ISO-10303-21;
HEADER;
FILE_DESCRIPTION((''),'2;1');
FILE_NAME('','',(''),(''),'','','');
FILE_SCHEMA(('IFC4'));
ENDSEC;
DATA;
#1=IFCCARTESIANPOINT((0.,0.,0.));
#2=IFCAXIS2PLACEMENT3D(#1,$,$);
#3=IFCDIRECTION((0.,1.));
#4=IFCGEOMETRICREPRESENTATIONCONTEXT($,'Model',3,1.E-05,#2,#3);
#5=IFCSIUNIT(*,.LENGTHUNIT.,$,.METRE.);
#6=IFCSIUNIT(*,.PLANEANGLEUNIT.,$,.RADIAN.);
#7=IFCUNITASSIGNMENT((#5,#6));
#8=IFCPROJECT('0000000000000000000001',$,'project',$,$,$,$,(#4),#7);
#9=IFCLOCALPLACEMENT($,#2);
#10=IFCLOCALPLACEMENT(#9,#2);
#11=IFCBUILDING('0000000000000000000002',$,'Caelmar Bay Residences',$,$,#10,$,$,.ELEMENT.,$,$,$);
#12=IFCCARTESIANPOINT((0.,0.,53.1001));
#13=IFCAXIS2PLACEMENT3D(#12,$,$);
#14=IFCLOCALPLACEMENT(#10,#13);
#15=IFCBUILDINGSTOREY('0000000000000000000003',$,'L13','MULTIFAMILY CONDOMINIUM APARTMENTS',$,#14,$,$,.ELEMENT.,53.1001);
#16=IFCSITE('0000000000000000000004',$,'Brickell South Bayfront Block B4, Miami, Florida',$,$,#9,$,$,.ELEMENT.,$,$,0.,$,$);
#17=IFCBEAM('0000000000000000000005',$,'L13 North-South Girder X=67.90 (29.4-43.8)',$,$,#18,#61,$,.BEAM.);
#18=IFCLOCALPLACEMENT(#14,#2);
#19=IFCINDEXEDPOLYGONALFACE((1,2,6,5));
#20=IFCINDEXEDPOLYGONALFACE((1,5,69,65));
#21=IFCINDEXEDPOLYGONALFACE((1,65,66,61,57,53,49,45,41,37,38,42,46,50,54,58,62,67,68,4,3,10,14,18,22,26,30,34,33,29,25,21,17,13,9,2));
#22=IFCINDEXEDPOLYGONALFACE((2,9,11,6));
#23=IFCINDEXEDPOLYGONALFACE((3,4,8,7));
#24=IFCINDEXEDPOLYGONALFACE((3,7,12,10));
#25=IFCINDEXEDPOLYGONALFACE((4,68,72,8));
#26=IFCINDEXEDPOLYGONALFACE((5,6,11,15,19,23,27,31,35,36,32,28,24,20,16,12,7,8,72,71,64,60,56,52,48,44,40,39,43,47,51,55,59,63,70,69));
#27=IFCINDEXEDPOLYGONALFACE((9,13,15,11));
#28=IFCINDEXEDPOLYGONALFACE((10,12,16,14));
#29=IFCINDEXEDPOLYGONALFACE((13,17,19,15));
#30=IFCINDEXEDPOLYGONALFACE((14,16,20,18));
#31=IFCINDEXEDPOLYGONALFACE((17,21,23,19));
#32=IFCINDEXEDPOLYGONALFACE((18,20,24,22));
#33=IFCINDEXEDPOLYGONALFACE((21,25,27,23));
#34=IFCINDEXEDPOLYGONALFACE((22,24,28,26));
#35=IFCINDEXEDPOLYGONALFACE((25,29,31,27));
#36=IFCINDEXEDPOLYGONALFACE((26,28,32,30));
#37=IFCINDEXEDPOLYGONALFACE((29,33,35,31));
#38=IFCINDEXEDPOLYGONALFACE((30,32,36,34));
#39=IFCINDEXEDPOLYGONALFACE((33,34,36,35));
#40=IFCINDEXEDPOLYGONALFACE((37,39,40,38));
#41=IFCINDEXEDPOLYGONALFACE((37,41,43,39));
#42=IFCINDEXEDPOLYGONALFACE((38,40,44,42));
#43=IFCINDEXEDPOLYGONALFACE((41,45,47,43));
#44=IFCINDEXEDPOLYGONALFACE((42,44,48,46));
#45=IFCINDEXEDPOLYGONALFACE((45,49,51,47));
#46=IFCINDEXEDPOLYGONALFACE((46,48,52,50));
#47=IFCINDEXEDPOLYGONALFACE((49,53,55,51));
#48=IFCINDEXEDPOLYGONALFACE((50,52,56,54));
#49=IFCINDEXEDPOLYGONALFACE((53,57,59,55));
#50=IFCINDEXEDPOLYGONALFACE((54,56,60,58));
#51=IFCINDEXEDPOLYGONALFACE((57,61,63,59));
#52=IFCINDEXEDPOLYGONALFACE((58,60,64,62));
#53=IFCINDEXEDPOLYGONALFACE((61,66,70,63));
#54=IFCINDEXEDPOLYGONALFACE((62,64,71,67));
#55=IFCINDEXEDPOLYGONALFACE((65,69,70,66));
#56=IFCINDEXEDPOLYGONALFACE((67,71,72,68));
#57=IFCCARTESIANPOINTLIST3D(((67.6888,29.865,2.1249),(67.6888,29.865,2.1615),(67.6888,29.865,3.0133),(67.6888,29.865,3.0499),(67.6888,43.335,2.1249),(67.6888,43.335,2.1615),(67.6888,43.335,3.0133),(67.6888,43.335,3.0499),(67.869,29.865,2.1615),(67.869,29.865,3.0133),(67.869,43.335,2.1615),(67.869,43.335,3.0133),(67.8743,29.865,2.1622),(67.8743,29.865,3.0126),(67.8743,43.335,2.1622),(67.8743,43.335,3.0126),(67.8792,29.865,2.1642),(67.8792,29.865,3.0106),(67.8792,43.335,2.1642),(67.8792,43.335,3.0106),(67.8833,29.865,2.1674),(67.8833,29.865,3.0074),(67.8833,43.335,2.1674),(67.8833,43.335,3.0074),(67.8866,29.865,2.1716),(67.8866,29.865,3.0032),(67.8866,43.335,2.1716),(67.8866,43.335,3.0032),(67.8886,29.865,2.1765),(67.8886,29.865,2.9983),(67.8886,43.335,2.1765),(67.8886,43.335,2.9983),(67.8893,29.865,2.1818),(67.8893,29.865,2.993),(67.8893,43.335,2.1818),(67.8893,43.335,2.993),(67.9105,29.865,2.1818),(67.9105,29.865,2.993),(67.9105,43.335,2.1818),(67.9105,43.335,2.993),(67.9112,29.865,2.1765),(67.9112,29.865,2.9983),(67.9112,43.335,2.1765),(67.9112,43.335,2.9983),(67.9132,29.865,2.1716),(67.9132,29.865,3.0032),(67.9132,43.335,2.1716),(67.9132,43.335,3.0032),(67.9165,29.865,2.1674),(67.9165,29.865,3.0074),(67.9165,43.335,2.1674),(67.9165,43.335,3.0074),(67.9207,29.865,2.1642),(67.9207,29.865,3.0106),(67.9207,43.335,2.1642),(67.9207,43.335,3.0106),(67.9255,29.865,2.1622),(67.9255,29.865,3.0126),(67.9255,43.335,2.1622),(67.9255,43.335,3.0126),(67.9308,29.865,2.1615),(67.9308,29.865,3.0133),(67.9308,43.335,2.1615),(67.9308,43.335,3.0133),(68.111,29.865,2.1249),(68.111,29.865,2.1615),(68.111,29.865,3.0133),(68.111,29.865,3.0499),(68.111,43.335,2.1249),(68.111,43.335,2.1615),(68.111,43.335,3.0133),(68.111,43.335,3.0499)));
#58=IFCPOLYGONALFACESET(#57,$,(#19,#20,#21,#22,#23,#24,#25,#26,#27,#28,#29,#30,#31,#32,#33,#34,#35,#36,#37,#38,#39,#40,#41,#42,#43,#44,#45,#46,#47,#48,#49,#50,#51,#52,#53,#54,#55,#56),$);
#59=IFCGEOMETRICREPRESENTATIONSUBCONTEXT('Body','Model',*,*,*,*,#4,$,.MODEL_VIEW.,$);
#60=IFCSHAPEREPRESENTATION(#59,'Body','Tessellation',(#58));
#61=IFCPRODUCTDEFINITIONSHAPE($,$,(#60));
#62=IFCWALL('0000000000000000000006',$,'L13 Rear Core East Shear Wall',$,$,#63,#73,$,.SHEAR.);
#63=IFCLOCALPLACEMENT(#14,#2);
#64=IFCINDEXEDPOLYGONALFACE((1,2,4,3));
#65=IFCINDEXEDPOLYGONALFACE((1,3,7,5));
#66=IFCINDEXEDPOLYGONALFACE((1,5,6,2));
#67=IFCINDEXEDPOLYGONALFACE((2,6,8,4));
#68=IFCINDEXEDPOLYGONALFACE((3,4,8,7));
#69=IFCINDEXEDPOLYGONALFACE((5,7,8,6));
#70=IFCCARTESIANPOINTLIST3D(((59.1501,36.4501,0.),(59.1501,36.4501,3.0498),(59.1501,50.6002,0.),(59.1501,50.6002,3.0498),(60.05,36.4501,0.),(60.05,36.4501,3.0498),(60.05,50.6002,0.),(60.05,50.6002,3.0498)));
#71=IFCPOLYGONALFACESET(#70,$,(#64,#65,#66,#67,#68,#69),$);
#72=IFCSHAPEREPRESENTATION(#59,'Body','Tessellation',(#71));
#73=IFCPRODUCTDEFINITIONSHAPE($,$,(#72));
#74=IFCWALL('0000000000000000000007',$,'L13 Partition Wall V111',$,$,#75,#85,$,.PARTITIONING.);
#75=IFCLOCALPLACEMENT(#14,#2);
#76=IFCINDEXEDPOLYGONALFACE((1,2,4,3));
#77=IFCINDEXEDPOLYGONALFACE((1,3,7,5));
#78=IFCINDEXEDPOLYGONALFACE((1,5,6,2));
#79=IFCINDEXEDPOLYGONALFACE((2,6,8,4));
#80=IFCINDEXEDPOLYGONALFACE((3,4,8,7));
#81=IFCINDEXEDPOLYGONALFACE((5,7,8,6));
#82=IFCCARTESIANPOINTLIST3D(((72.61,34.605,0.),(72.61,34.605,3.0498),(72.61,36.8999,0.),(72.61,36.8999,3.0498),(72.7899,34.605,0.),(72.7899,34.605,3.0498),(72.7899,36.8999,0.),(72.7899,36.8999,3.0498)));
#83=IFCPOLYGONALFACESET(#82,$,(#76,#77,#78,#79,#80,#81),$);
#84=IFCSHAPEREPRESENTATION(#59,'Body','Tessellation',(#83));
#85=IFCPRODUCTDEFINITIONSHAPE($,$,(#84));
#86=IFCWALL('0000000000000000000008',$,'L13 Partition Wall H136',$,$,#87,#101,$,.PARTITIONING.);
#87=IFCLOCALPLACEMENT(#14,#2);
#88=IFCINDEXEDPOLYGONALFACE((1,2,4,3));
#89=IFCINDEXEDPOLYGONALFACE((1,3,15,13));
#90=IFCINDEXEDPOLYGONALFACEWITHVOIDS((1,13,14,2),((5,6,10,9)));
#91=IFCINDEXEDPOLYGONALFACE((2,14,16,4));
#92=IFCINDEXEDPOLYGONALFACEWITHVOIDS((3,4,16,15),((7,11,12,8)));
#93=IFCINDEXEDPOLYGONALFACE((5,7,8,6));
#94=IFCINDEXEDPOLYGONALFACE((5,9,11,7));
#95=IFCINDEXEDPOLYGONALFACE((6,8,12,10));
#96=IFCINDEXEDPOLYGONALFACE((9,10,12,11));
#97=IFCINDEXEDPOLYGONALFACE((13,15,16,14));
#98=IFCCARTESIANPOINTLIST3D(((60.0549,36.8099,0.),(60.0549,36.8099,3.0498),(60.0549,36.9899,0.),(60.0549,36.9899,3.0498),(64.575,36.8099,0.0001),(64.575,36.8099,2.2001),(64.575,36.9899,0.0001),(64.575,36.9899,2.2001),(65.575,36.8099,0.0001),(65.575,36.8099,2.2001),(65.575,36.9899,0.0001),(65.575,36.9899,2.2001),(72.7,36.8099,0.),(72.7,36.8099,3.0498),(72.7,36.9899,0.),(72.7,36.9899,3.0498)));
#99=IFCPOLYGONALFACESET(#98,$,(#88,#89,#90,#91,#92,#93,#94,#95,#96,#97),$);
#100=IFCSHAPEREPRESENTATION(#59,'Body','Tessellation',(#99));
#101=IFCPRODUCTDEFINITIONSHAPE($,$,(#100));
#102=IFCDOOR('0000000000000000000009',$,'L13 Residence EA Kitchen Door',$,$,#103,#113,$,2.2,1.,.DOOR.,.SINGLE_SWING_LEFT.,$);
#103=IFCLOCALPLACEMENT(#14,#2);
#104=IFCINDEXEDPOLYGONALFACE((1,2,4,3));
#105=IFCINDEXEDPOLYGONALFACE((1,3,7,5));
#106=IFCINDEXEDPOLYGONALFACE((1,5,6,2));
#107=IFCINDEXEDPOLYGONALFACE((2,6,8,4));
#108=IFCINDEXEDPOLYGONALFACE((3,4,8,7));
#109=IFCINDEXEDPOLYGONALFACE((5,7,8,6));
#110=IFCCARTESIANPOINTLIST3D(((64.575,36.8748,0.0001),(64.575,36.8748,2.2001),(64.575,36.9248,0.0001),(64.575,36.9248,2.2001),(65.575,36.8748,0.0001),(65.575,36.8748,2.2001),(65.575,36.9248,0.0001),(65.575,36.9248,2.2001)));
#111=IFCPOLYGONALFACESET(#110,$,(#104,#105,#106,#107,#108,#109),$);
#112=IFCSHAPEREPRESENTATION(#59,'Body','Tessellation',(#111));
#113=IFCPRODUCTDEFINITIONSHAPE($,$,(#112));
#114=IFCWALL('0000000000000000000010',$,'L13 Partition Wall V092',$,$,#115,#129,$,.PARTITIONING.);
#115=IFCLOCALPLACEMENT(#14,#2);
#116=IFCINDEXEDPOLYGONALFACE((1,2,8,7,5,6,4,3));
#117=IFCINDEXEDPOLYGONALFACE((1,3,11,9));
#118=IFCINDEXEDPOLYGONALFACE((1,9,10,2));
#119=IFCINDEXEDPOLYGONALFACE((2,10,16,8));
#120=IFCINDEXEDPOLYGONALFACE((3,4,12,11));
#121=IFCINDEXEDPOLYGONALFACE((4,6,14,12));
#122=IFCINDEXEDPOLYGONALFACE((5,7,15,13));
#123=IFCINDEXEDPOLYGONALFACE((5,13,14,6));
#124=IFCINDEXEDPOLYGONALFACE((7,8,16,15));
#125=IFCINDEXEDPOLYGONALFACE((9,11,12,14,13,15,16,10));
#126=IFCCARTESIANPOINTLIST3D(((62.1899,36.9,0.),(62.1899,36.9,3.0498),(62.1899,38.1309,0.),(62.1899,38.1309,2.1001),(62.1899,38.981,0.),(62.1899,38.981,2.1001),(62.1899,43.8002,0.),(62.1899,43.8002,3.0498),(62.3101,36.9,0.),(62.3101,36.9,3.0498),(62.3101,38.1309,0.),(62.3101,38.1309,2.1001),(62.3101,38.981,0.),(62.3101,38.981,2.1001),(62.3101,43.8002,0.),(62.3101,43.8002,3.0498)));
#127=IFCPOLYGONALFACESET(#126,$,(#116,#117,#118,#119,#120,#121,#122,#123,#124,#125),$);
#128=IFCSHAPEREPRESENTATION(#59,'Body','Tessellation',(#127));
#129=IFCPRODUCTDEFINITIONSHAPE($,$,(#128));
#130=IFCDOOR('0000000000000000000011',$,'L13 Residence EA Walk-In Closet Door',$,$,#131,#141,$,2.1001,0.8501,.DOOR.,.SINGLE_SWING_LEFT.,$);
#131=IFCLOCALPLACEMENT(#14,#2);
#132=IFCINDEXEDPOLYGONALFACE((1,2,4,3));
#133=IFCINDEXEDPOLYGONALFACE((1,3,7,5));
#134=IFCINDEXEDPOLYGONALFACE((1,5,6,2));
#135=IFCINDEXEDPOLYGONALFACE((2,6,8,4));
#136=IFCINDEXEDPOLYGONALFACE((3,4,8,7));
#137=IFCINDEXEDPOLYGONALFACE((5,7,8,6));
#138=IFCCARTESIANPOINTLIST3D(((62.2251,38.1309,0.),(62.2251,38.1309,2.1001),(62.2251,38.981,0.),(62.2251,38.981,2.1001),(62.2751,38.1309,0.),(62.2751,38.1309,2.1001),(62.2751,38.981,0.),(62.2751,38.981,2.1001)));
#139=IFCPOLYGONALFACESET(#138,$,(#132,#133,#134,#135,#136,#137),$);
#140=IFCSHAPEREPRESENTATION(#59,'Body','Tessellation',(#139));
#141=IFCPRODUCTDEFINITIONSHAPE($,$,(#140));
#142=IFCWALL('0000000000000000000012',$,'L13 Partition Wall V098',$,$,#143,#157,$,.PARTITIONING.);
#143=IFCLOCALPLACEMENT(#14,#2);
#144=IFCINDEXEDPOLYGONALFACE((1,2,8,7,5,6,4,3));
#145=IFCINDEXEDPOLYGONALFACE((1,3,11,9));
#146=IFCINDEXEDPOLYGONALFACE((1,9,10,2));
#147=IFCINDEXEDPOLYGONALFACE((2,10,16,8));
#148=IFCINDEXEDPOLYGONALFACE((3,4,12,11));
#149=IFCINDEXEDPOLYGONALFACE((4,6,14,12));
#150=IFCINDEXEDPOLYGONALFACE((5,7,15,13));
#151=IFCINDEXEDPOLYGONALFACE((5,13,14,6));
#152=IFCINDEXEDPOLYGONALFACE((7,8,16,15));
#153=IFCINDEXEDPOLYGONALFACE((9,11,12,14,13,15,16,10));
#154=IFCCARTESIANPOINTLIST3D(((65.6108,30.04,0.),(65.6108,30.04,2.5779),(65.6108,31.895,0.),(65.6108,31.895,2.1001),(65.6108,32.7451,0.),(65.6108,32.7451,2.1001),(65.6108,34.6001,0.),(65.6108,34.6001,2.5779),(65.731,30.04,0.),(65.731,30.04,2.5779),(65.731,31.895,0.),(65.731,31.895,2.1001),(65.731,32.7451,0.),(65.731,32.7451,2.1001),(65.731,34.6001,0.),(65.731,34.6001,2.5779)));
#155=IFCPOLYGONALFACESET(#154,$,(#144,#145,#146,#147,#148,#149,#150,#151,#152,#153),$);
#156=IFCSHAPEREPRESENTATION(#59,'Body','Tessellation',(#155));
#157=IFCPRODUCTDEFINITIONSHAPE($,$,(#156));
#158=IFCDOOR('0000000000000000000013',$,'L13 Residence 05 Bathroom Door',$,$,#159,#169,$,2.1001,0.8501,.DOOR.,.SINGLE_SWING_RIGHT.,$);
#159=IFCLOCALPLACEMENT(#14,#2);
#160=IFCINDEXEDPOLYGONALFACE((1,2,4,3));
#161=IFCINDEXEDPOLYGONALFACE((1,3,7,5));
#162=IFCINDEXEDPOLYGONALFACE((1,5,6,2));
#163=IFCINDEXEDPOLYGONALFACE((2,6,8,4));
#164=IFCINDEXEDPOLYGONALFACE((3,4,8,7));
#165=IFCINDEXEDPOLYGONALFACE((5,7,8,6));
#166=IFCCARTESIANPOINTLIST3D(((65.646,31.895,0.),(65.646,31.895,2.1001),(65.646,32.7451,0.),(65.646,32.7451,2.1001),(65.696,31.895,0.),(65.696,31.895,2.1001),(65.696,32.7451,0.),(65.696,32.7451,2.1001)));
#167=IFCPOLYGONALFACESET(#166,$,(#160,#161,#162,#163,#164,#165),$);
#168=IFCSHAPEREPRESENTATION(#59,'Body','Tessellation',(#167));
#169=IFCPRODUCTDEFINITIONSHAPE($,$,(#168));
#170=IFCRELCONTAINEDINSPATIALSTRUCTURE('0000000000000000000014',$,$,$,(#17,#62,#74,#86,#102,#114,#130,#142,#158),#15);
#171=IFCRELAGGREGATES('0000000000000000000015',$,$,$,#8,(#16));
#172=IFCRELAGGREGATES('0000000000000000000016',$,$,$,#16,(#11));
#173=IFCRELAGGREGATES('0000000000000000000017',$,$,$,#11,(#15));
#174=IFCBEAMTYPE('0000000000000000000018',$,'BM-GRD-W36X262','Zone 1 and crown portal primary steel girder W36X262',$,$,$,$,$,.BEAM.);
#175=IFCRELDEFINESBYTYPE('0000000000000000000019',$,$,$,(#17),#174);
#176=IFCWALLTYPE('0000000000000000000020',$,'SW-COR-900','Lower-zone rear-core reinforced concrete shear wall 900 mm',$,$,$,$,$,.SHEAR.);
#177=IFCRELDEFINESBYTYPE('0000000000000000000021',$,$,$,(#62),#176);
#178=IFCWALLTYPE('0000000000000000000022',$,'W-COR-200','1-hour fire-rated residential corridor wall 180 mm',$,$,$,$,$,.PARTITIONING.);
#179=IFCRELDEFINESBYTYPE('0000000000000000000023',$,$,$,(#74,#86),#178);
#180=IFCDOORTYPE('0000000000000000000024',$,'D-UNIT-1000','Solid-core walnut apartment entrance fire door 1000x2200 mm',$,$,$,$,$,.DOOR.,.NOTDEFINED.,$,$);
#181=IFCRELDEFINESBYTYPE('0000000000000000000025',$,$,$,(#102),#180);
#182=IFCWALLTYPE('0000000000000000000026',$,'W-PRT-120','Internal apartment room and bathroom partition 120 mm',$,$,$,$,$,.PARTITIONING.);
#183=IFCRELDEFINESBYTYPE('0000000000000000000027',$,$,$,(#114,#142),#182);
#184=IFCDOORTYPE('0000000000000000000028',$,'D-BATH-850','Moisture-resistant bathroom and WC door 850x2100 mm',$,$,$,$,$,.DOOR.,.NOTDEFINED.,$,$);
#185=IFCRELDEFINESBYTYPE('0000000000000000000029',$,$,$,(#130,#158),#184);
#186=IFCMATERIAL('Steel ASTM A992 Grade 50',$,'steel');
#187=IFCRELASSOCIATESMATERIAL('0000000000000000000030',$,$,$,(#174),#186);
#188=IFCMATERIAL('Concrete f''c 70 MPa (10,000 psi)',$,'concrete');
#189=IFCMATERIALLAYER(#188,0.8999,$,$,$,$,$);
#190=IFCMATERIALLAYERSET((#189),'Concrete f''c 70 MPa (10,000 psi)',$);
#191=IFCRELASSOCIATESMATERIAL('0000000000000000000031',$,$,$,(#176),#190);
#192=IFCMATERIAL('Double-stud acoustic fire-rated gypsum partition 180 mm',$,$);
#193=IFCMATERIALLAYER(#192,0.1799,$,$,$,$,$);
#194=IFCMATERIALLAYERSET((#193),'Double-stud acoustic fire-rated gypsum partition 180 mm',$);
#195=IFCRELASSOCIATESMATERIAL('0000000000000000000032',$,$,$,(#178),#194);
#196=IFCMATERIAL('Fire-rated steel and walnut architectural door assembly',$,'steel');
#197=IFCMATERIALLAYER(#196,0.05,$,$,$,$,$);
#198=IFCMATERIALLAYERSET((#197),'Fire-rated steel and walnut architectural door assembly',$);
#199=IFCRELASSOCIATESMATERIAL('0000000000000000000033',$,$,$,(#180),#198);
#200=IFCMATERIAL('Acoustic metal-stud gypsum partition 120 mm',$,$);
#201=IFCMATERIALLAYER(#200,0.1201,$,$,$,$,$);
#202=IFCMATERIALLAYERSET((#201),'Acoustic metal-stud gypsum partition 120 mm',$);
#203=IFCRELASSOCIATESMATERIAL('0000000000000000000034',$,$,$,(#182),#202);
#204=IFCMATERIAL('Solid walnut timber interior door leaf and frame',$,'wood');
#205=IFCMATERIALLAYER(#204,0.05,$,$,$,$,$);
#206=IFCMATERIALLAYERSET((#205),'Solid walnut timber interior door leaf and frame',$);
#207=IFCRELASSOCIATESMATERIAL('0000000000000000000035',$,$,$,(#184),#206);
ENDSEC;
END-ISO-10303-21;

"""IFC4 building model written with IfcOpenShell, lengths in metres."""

from ifc_helpers import new_model, si_unit, direction, frame, frame_2d, origin, origin_2d, place, context, subcontext, project, spatial, rectangle, i_section, extrude, material, layer, layer_set, material_profile, profile_set, type_object, element, fill, save


model = new_model("IFC4")

# Units and contexts
model_context = context("Model", 3, precision=1e-05, world=origin(), true_north=direction((0.0, 1.0)))
body_context = subcontext(model_context, "Body", "Model", "MODEL_VIEW")
ifc_project = project(units=[si_unit("LENGTHUNIT", "METRE"), si_unit("PLANEANGLEUNIT", "RADIAN")], contexts=[model_context])

# Site, building, storey
site_placement = place(None, origin())
site = spatial("IfcSite", under=ifc_project, at=site_placement, Name="Brickell South Bayfront Block B4, Miami, Florida", CompositionType="ELEMENT", RefElevation=0.0)
building_placement = place(site_placement, origin())
building = spatial("IfcBuilding", under=site, at=building_placement, Name="Caelmar Bay Residences", CompositionType="ELEMENT")
storey_placement = place(building_placement, frame((0.0, 0.0, 53.1001)))
storey = spatial("IfcBuildingStorey", under=building, at=storey_placement, Name="L13", Description="MULTIFAMILY CONDOMINIUM APARTMENTS", CompositionType="ELEMENT", Elevation=53.1001)

# Beam
ifc_material_1 = material(Name="Steel ASTM A992 Grade 50", Category="steel")
ifc_material_profile_1 = material_profile(ifc_material_1, i_section(OverallWidth=0.4221, OverallDepth=0.925, WebThickness=0.0212, FlangeThickness=0.0366, FilletRadius=0.0203, at=origin_2d()), Name="W36X262")
ifc_profile_set_1 = profile_set([ifc_material_profile_1], Name="Steel ASTM A992 Grade 50")
beam_type = type_object("IfcBeamType", Name="BM-GRD-W36X262", Description="Zone 1 and crown portal primary steel girder W36X262", PredefinedType="BEAM", material=ifc_profile_set_1)
beam_placement = place(storey_placement, frame((67.8999, 29.865, 2.5874), z_axis=(0.0, 1.0, 0.0), x_axis=(-1.0, 0.0, 0.0)))
element("IfcBeam", 1, at=beam_placement, inside=storey, type_object=beam_type, Name="L13 North-South Girder X=67.90 (29.4-43.8)", PredefinedType="BEAM", context=body_context, shape_type="SweptSolid", body=[
    extrude(i_section(OverallWidth=0.4221, OverallDepth=0.925, WebThickness=0.0212, FlangeThickness=0.0366, FilletRadius=0.0203, at=origin_2d()), origin(), (0.0, 0.0, 1.0), 13.47),
])

# Walls
ifc_material_2 = material(Name="Concrete f'c 70 MPa (10,000 psi)", Category="concrete")
ifc_layer_1 = layer(ifc_material_2, 0.8999)
ifc_layer_set_1 = layer_set([ifc_layer_1], Name="Concrete f'c 70 MPa (10,000 psi)")
wall_type_1 = type_object("IfcWallType", Name="SW-COR-900", Description="Lower-zone rear-core reinforced concrete shear wall 900 mm", PredefinedType="SHEAR", material=ifc_layer_set_1)
wall_1_placement = place(storey_placement, frame((59.6001, 36.45, 0.0), z_axis=(0.0, 0.0, 1.0), x_axis=(0.0, 1.0, 0.0)))
element("IfcWall", 2, at=wall_1_placement, inside=storey, type_object=wall_type_1, Name="L13 Rear Core East Shear Wall", PredefinedType="SHEAR", context=body_context, shape_type="SweptSolid", body=[
    extrude(rectangle(XDim=14.1501, YDim=0.8999, at=frame_2d((7.0752, 0.0))), origin(), (0.0, 0.0, 1.0), 3.0498),
])
ifc_material_3 = material(Name="Double-stud acoustic fire-rated gypsum partition 180 mm")
ifc_layer_2 = layer(ifc_material_3, 0.1799)
ifc_layer_set_2 = layer_set([ifc_layer_2], Name="Double-stud acoustic fire-rated gypsum partition 180 mm")
wall_type_2 = type_object("IfcWallType", Name="W-COR-200", Description="1-hour fire-rated residential corridor wall 180 mm", PredefinedType="PARTITIONING", material=ifc_layer_set_2)
wall_2_placement = place(storey_placement, frame((72.7, 34.605, 0.0), z_axis=(0.0, 0.0, 1.0), x_axis=(0.0, 1.0, 0.0)))
element("IfcWall", 3, at=wall_2_placement, inside=storey, type_object=wall_type_2, Name="L13 Partition Wall V111", PredefinedType="PARTITIONING", context=body_context, shape_type="SweptSolid", body=[
    extrude(rectangle(XDim=2.2949, YDim=0.1799, at=frame_2d((1.1475, 0.0))), origin(), (0.0, 0.0, 1.0), 3.0498),
])

# Walls, openings, doors
wall_3_placement = place(storey_placement, frame((60.0549, 36.8999, 0.0), z_axis=(0.0, 0.0, 1.0), x_axis=(1.0, 0.0, 0.0)))
wall_3 = element("IfcWall", 4, at=wall_3_placement, inside=storey, type_object=wall_type_2, Name="L13 Partition Wall H136", PredefinedType="PARTITIONING", context=body_context, shape_type="SweptSolid", body=[
    extrude(rectangle(XDim=12.645, YDim=0.1799, at=frame_2d((6.3225, 0.0))), origin(), (0.0, 0.0, 1.0), 3.0498),
])
opening_1_placement = place(wall_3_placement, frame((4.52, 0.0, 0.0)))
opening_1 = element("IfcOpeningElement", 5, at=opening_1_placement, cuts=wall_3, PredefinedType="OPENING", context=body_context, shape_type="SweptSolid", body=[
    extrude(rectangle(XDim=1.0, YDim=2.2, at=frame_2d((0.5, 1.1001))), frame((0.0, 0.0999, 0.0), z_axis=(0.0, -1.0, 0.0), x_axis=(1.0, 0.0, 0.0)), (0.0, 0.0, 1.0), 0.2),
])
ifc_material_4 = material(Name="Fire-rated steel and walnut architectural door assembly", Category="steel")
ifc_layer_3 = layer(ifc_material_4, 0.05)
ifc_layer_set_3 = layer_set([ifc_layer_3], Name="Fire-rated steel and walnut architectural door assembly")
door_type_1 = type_object("IfcDoorType", Name="D-UNIT-1000", Description="Solid-core walnut apartment entrance fire door 1000x2200 mm", OperationType="NOTDEFINED", PredefinedType="DOOR", material=ifc_layer_set_3)
door_1_placement = place(opening_1_placement, origin())
door_1 = element("IfcDoor", 6, at=door_1_placement, inside=storey, type_object=door_type_1, Name="L13 Residence EA Kitchen Door", OperationType="SINGLE_SWING_LEFT", OverallHeight=2.2, OverallWidth=1.0, PredefinedType="DOOR", context=body_context, shape_type="SweptSolid", body=[
    extrude(rectangle(XDim=1.0, YDim=2.2, at=frame_2d((0.5, 1.1001))), frame((0.0, 0.0249, 0.0), z_axis=(0.0, -1.0, 0.0), x_axis=(1.0, 0.0, 0.0)), (0.0, 0.0, 1.0), 0.05),
])
fill(opening_1, door_1)
ifc_material_5 = material(Name="Acoustic metal-stud gypsum partition 120 mm")
ifc_layer_4 = layer(ifc_material_5, 0.1201)
ifc_layer_set_4 = layer_set([ifc_layer_4], Name="Acoustic metal-stud gypsum partition 120 mm")
wall_type_3 = type_object("IfcWallType", Name="W-PRT-120", Description="Internal apartment room and bathroom partition 120 mm", PredefinedType="PARTITIONING", material=ifc_layer_set_4)
wall_4_placement = place(storey_placement, frame((62.25, 36.8999, 0.0), z_axis=(0.0, 0.0, 1.0), x_axis=(0.0, 1.0, 0.0)))
wall_4 = element("IfcWall", 7, at=wall_4_placement, inside=storey, type_object=wall_type_3, Name="L13 Partition Wall V092", PredefinedType="PARTITIONING", context=body_context, shape_type="SweptSolid", body=[
    extrude(rectangle(XDim=6.9001, YDim=0.1201, at=frame_2d((3.4502, 0.0))), origin(), (0.0, 0.0, 1.0), 3.0498),
])
opening_2_placement = place(wall_4_placement, frame((1.231, 0.0, 0.0)))
opening_2 = element("IfcOpeningElement", 8, at=opening_2_placement, cuts=wall_4, PredefinedType="OPENING", context=body_context, shape_type="SweptSolid", body=[
    extrude(rectangle(XDim=0.8501, YDim=2.1001, at=frame_2d((0.425, 1.05))), frame((0.0, 0.0701, 0.0), z_axis=(0.0, -1.0, 0.0), x_axis=(1.0, 0.0, 0.0)), (0.0, 0.0, 1.0), 0.1401),
])
ifc_material_6 = material(Name="Solid walnut timber interior door leaf and frame", Category="wood")
ifc_layer_5 = layer(ifc_material_6, 0.05)
ifc_layer_set_5 = layer_set([ifc_layer_5], Name="Solid walnut timber interior door leaf and frame")
door_type_2 = type_object("IfcDoorType", Name="D-BATH-850", Description="Moisture-resistant bathroom and WC door 850x2100 mm", OperationType="NOTDEFINED", PredefinedType="DOOR", material=ifc_layer_set_5)
door_2_placement = place(opening_2_placement, origin())
door_2 = element("IfcDoor", 9, at=door_2_placement, inside=storey, type_object=door_type_2, Name="L13 Residence EA Walk-In Closet Door", OperationType="SINGLE_SWING_LEFT", OverallHeight=2.1001, OverallWidth=0.8501, PredefinedType="DOOR", context=body_context, shape_type="SweptSolid", body=[
    extrude(rectangle(XDim=0.8501, YDim=2.1001, at=frame_2d((0.425, 1.05))), frame((0.0, 0.0249, 0.0), z_axis=(0.0, -1.0, 0.0), x_axis=(1.0, 0.0, 0.0)), (0.0, 0.0, 1.0), 0.05),
])
fill(opening_2, door_2)
wall_5_placement = place(storey_placement, frame((65.6709, 30.04, 0.0), z_axis=(0.0, 0.0, 1.0), x_axis=(0.0, 1.0, 0.0)))
wall_5 = element("IfcWall", 10, at=wall_5_placement, inside=storey, type_object=wall_type_3, Name="L13 Partition Wall V098", PredefinedType="PARTITIONING", context=body_context, shape_type="SweptSolid", body=[
    extrude(rectangle(XDim=4.5601, YDim=0.1201, at=frame_2d((2.28, 0.0))), origin(), (0.0, 0.0, 1.0), 2.5779),
])
opening_3_placement = place(wall_5_placement, frame((1.855, 0.0, 0.0)))
opening_3 = element("IfcOpeningElement", 11, at=opening_3_placement, cuts=wall_5, PredefinedType="OPENING", context=body_context, shape_type="SweptSolid", body=[
    extrude(rectangle(XDim=0.8501, YDim=2.1001, at=frame_2d((0.425, 1.05))), frame((0.0, 0.0701, 0.0), z_axis=(0.0, -1.0, 0.0), x_axis=(1.0, 0.0, 0.0)), (0.0, 0.0, 1.0), 0.1401),
])
door_3_placement = place(opening_3_placement, origin())
door_3 = element("IfcDoor", 12, at=door_3_placement, inside=storey, type_object=door_type_2, Name="L13 Residence 05 Bathroom Door", OperationType="SINGLE_SWING_RIGHT", OverallHeight=2.1001, OverallWidth=0.8501, PredefinedType="DOOR", context=body_context, shape_type="SweptSolid", body=[
    extrude(rectangle(XDim=0.8501, YDim=2.1001, at=frame_2d((0.425, 1.05))), frame((0.0, 0.0249, 0.0), z_axis=(0.0, -1.0, 0.0), x_axis=(1.0, 0.0, 0.0)), (0.0, 0.0, 1.0), 0.05),
])
fill(opening_3, door_3)

save(model, "model.ifc")
